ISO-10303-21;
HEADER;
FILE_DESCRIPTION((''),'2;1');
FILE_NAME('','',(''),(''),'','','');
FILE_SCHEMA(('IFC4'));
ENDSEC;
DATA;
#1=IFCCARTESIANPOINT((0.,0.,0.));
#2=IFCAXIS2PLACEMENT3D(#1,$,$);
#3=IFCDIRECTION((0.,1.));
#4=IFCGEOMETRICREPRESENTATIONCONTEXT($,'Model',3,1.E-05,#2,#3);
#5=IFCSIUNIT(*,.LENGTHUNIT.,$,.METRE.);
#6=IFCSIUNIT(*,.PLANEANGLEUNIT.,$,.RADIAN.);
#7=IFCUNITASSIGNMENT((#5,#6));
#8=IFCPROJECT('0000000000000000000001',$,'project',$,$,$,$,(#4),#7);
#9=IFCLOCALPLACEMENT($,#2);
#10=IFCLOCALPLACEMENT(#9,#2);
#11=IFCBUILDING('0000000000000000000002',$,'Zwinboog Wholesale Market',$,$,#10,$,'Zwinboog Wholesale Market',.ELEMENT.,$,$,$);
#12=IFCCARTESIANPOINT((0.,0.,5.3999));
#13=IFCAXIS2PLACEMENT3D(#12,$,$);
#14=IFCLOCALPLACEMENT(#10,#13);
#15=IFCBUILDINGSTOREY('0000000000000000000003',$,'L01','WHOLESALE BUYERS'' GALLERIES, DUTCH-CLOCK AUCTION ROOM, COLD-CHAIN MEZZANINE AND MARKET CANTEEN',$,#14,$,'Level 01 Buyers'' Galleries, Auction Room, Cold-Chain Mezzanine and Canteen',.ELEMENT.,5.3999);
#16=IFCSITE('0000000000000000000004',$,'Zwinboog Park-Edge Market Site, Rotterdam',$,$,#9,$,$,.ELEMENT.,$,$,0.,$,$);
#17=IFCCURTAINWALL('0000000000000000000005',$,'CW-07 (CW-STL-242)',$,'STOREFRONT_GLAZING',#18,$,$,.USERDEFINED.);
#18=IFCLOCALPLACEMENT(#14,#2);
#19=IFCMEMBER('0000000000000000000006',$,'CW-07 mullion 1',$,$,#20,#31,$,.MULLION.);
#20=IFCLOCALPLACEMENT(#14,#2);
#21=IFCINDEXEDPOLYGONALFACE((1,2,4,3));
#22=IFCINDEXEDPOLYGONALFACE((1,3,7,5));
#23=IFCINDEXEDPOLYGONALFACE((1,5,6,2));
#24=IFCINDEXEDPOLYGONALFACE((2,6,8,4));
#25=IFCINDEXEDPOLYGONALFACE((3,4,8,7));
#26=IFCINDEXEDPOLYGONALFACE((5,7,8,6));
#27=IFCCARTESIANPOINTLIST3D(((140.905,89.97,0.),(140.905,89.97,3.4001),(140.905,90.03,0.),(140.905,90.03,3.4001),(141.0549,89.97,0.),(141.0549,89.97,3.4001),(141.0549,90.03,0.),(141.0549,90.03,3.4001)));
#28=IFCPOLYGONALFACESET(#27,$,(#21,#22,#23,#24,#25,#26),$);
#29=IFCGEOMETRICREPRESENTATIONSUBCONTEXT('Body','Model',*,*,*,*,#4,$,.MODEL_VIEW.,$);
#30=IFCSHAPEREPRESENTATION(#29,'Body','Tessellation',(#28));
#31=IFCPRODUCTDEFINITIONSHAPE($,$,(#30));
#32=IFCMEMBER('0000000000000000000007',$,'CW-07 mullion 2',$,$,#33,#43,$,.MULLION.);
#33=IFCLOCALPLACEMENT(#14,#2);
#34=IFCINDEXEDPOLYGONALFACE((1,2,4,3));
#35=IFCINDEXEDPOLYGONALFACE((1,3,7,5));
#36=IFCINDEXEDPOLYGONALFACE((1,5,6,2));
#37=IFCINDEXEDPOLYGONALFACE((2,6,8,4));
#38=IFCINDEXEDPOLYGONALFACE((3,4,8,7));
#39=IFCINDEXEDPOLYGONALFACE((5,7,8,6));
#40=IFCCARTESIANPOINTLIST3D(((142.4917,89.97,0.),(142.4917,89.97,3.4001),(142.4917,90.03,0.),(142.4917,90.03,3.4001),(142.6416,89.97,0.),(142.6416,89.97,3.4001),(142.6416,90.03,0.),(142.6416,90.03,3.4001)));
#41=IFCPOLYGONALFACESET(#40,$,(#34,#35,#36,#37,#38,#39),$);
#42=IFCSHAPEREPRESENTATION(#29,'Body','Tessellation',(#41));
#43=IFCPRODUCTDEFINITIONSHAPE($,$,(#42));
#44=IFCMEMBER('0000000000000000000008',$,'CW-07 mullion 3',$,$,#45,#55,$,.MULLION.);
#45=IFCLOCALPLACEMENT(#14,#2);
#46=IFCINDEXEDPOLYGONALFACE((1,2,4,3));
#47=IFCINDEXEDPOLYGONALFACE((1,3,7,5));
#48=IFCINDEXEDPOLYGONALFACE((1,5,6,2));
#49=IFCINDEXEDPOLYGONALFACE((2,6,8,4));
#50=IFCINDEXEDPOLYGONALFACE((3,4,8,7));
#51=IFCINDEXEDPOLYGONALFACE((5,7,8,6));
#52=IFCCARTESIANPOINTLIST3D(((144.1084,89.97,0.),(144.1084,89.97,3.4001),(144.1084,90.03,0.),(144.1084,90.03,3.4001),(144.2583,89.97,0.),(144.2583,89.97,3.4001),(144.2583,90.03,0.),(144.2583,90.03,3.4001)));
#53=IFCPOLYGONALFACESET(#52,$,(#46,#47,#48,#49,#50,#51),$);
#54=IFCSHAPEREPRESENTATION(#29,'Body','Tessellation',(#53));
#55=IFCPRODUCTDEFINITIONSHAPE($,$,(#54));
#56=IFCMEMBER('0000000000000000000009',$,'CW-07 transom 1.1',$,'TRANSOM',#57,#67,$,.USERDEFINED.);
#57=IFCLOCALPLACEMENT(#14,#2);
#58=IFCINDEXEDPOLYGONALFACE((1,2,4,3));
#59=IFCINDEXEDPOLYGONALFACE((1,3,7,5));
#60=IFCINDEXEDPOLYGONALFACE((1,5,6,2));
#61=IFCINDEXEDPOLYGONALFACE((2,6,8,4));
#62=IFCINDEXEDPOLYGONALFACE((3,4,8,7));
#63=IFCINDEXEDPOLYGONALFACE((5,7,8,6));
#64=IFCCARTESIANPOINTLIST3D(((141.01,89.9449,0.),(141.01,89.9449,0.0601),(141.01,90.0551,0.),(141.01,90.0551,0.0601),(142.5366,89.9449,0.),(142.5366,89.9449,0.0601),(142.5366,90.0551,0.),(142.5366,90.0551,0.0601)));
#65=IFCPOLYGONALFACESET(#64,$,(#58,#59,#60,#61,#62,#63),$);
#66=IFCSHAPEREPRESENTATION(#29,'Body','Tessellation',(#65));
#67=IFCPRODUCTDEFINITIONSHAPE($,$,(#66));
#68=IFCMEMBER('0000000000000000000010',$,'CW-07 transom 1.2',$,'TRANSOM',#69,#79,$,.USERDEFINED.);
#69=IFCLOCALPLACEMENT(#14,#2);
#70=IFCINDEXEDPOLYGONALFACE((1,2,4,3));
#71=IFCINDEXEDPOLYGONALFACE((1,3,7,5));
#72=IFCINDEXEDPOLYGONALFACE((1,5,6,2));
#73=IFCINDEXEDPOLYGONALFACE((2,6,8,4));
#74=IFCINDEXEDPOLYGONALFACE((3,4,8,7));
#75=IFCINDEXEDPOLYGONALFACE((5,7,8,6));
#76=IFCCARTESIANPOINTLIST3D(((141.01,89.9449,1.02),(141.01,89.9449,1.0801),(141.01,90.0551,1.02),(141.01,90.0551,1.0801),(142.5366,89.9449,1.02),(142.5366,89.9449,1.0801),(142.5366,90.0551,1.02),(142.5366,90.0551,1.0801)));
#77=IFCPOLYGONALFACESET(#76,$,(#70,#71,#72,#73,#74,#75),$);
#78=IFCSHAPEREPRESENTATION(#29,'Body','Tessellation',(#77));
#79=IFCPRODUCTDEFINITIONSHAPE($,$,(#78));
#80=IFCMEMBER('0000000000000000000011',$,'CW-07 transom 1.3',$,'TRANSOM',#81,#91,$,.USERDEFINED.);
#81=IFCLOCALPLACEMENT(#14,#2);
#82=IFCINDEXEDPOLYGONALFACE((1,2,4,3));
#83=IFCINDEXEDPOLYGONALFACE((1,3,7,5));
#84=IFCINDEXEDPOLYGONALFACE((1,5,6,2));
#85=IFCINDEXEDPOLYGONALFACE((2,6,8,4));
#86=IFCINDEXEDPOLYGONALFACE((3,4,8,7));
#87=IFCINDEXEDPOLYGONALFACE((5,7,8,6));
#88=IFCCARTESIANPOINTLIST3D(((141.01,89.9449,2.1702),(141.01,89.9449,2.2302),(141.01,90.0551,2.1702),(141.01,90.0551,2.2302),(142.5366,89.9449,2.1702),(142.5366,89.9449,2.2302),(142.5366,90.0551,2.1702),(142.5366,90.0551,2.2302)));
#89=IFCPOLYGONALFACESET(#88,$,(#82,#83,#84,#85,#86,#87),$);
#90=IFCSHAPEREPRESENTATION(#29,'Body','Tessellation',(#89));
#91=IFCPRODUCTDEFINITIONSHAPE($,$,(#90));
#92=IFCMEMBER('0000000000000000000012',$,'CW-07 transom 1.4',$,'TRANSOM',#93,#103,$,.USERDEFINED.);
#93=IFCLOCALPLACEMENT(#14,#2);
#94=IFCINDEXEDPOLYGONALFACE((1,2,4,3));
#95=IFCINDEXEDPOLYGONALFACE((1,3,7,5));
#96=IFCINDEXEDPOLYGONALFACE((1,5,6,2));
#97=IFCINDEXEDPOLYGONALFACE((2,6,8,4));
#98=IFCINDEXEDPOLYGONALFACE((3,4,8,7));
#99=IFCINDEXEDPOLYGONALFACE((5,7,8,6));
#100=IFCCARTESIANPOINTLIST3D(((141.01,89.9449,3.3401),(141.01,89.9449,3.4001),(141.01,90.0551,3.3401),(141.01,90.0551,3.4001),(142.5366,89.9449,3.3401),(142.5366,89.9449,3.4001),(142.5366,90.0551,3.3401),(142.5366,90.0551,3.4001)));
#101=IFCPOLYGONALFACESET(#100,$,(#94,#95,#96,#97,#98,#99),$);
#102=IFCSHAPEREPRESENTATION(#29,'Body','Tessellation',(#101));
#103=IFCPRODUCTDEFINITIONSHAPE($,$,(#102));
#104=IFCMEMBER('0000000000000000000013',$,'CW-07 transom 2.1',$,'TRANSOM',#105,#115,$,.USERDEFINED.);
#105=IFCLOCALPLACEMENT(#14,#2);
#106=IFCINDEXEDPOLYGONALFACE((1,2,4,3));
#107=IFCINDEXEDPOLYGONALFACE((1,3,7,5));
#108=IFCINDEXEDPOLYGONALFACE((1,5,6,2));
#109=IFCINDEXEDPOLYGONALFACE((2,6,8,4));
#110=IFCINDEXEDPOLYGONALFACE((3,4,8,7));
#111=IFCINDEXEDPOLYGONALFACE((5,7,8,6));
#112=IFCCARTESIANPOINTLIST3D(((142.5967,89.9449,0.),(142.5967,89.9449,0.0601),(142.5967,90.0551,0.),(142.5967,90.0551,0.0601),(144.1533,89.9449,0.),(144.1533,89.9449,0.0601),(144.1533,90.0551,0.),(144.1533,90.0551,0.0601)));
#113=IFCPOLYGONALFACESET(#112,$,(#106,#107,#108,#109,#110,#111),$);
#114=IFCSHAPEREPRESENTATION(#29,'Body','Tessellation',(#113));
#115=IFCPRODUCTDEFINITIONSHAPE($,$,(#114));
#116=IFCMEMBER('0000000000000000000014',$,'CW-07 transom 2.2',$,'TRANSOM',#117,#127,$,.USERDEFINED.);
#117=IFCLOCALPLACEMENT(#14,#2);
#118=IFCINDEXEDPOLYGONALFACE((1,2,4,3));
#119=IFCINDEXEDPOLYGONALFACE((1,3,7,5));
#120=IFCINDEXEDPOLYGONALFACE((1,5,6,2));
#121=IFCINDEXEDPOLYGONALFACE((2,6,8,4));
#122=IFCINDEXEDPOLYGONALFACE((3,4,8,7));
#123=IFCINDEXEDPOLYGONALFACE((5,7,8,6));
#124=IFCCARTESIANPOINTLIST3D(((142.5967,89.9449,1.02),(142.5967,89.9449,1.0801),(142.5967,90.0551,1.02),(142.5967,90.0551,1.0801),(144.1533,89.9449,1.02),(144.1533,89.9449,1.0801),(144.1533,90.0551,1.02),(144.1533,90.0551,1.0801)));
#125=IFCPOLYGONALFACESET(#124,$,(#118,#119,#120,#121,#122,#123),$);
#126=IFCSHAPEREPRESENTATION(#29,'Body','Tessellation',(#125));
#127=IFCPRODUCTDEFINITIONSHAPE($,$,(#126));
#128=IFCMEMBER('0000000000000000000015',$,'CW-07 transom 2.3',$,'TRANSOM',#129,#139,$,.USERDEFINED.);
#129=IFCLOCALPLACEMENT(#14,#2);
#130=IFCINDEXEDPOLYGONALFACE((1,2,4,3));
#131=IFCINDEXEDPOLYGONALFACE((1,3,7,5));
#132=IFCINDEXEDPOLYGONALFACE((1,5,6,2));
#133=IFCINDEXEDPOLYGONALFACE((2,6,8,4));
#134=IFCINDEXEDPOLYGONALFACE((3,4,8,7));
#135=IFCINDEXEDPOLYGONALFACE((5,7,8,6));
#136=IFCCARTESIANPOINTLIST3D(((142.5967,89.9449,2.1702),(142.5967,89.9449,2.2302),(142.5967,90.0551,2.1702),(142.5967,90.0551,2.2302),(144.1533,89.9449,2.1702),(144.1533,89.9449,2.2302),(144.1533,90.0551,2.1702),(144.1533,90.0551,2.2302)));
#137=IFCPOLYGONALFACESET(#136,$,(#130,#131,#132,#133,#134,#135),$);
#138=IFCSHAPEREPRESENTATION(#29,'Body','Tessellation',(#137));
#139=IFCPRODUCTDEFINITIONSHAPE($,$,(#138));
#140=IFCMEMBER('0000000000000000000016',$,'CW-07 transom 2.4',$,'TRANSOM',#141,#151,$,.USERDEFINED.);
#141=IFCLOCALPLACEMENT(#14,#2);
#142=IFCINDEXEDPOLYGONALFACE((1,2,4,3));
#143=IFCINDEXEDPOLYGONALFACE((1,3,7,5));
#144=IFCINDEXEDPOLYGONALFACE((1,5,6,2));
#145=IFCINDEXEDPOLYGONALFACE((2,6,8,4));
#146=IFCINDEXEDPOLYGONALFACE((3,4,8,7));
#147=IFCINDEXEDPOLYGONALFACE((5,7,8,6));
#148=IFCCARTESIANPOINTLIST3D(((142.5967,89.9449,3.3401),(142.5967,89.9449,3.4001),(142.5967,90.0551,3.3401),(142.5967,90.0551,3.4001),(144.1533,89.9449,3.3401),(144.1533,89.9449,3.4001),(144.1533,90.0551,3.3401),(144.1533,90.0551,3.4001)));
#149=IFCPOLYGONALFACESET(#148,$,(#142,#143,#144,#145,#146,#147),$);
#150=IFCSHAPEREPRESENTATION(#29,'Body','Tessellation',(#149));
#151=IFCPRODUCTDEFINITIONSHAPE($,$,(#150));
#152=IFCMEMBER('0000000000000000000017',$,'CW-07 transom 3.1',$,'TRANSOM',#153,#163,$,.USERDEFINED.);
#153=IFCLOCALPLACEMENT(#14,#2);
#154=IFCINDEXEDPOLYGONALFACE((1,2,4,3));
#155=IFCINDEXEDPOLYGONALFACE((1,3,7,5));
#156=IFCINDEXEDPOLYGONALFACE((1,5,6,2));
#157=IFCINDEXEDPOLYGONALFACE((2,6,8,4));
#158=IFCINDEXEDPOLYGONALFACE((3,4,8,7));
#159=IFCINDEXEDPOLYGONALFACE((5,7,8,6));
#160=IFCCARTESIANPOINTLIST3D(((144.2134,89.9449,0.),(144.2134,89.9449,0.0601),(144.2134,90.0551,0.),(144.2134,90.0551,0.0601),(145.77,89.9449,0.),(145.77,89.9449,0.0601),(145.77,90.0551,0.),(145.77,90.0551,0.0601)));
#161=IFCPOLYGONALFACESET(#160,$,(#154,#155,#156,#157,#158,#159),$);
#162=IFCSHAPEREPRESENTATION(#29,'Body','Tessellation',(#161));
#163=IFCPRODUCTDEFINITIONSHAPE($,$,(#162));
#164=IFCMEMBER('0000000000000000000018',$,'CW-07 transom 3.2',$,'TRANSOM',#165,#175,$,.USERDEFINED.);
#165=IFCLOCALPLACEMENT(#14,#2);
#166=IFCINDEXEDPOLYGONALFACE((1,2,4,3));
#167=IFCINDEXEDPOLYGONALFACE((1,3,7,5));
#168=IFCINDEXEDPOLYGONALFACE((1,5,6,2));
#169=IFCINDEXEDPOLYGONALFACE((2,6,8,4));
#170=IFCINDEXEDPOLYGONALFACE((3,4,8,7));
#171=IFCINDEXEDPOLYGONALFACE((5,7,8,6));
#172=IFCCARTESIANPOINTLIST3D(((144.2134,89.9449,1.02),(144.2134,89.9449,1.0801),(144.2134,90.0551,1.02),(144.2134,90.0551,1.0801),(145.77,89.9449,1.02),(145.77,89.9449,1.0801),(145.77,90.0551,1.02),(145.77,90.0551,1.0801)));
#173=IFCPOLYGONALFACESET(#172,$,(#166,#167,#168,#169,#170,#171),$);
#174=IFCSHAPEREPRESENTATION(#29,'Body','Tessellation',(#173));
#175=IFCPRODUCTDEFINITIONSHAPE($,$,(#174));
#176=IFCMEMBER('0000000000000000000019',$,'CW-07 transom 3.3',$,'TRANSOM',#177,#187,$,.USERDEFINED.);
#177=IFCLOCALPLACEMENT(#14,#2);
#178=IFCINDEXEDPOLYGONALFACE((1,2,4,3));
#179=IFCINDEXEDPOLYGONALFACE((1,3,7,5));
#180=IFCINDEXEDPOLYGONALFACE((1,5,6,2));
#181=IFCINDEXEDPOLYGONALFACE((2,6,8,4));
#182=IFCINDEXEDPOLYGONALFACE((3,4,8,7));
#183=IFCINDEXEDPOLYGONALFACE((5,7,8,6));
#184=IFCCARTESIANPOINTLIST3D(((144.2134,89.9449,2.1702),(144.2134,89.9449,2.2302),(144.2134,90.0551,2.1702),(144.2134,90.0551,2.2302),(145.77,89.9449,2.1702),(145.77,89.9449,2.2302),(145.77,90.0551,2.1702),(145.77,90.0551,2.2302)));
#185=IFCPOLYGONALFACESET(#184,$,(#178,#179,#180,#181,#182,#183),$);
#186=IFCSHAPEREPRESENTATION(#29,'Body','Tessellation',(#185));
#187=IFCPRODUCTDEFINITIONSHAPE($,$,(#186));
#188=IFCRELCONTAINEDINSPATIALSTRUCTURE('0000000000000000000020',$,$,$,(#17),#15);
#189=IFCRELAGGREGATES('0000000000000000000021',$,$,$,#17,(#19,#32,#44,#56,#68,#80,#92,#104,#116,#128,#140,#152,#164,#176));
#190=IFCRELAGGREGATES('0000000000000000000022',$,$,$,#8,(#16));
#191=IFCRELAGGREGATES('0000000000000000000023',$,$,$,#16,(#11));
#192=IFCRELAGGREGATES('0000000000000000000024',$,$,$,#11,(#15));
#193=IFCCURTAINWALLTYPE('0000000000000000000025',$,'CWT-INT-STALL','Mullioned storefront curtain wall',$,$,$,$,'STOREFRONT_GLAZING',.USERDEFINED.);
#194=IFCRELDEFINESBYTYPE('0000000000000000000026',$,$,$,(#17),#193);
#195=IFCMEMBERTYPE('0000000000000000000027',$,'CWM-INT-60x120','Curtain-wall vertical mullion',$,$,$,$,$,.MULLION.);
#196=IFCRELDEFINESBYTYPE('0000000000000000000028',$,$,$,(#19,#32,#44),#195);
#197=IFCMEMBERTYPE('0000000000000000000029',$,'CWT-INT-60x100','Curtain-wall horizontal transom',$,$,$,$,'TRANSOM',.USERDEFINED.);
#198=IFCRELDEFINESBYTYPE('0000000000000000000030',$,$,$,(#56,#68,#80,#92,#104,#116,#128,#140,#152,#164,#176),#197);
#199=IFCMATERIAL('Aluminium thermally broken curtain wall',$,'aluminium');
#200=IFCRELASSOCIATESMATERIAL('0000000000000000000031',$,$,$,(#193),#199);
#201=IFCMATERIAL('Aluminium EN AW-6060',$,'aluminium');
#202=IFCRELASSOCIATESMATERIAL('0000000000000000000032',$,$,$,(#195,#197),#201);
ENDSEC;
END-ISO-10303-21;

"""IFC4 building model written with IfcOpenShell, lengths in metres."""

from ifc_helpers import new_model, si_unit, direction, frame, origin, origin_2d, place, context, subcontext, project, spatial, rectangle, extrude, material, material_profile, profile_set, type_object, element, aggregate, save


model = new_model("IFC4")

# Units and contexts
model_context = context("Model", 3, precision=1e-05, world=origin(), true_north=direction((0.0, 1.0)))
body_context = subcontext(model_context, "Body", "Model", "MODEL_VIEW")
ifc_project = project(units=[si_unit("LENGTHUNIT", "METRE"), si_unit("PLANEANGLEUNIT", "RADIAN")], contexts=[model_context])

# Site, building, storey
site_placement = place(None, origin())
site = spatial("IfcSite", under=ifc_project, at=site_placement, Name="Zwinboog Park-Edge Market Site, Rotterdam", CompositionType="ELEMENT", RefElevation=0.0)
building_placement = place(site_placement, origin())
building = spatial("IfcBuilding", under=site, at=building_placement, Name="Zwinboog Wholesale Market", LongName="Zwinboog Wholesale Market", CompositionType="ELEMENT")
storey_placement = place(building_placement, frame((0.0, 0.0, 5.3999)))
storey = spatial("IfcBuildingStorey", under=building, at=storey_placement, Name="L01", Description="WHOLESALE BUYERS' GALLERIES, DUTCH-CLOCK AUCTION ROOM, COLD-CHAIN MEZZANINE AND MARKET CANTEEN", LongName="Level 01 Buyers' Galleries, Auction Room, Cold-Chain Mezzanine and Canteen", CompositionType="ELEMENT", Elevation=5.3999)

# Curtain wall, members
ifc_material_1 = material(Name="Aluminium thermally broken curtain wall", Category="aluminium")
curtain_wall_type = type_object("IfcCurtainWallType", Name="CWT-INT-STALL", Description="Mullioned storefront curtain wall", ElementType="STOREFRONT_GLAZING", PredefinedType="USERDEFINED", material=ifc_material_1)
curtain_wall_placement = place(storey_placement, origin())
curtain_wall = element("IfcCurtainWall", 1, at=curtain_wall_placement, inside=storey, type_object=curtain_wall_type, Name="CW-07 (CW-STL-242)", ObjectType="STOREFRONT_GLAZING", PredefinedType="USERDEFINED")
ifc_material_2 = material(Name="Aluminium EN AW-6060", Category="aluminium")
ifc_material_profile_1 = material_profile(ifc_material_2, rectangle(XDim=0.0601, YDim=0.1499, at=origin_2d()), Name="AL 60x150")
ifc_profile_set_1 = profile_set([ifc_material_profile_1], Name="Aluminium EN AW-6060")
member_type_1 = type_object("IfcMemberType", Name="CWM-INT-60x120", Description="Curtain-wall vertical mullion", PredefinedType="MULLION", material=ifc_profile_set_1)
member_1_placement = place(storey_placement, frame((140.98, 90.0, 0.0), z_axis=(0.0, 0.0, 1.0), x_axis=(0.0, 1.0, 0.0)))
member_1 = element("IfcMember", 2, at=member_1_placement, type_object=member_type_1, Name="CW-07 mullion 1", PredefinedType="MULLION", context=body_context, shape_type="SweptSolid", body=[
    extrude(rectangle(XDim=0.0601, YDim=0.1499, at=origin_2d()), origin(), (0.0, 0.0, 1.0), 3.4001),
])
member_2_placement = place(storey_placement, frame((142.5667, 90.0, 0.0), z_axis=(0.0, 0.0, 1.0), x_axis=(0.0, 1.0, 0.0)))
member_2 = element("IfcMember", 3, at=member_2_placement, type_object=member_type_1, Name="CW-07 mullion 2", PredefinedType="MULLION", context=body_context, shape_type="SweptSolid", body=[
    extrude(rectangle(XDim=0.0601, YDim=0.1499, at=origin_2d()), origin(), (0.0, 0.0, 1.0), 3.4001),
])
member_3_placement = place(storey_placement, frame((144.1833, 90.0, 0.0), z_axis=(0.0, 0.0, 1.0), x_axis=(0.0, 1.0, 0.0)))
member_3 = element("IfcMember", 4, at=member_3_placement, type_object=member_type_1, Name="CW-07 mullion 3", PredefinedType="MULLION", context=body_context, shape_type="SweptSolid", body=[
    extrude(rectangle(XDim=0.0601, YDim=0.1499, at=origin_2d()), origin(), (0.0, 0.0, 1.0), 3.4001),
])
ifc_material_profile_2 = material_profile(ifc_material_2, rectangle(XDim=0.1101, YDim=0.0601, at=origin_2d()), Name="AL 60x110")
ifc_profile_set_2 = profile_set([ifc_material_profile_2], Name="Aluminium EN AW-6060")
member_type_2 = type_object("IfcMemberType", Name="CWT-INT-60x100", Description="Curtain-wall horizontal transom", ElementType="TRANSOM", PredefinedType="USERDEFINED", material=ifc_profile_set_2)
member_4_placement = place(storey_placement, frame((141.01, 90.0, 0.03), z_axis=(1.0, 0.0, 0.0), x_axis=(0.0, 1.0, 0.0)))
member_4 = element("IfcMember", 5, at=member_4_placement, type_object=member_type_2, Name="CW-07 transom 1.1", ObjectType="TRANSOM", PredefinedType="USERDEFINED", context=body_context, shape_type="SweptSolid", body=[
    extrude(rectangle(XDim=0.1101, YDim=0.0601, at=origin_2d()), origin(), (0.0, 0.0, 1.0), 1.5266),
])
member_5_placement = place(storey_placement, frame((141.01, 90.0, 1.05), z_axis=(1.0, 0.0, 0.0), x_axis=(0.0, 1.0, 0.0)))
member_5 = element("IfcMember", 6, at=member_5_placement, type_object=member_type_2, Name="CW-07 transom 1.2", ObjectType="TRANSOM", PredefinedType="USERDEFINED", context=body_context, shape_type="SweptSolid", body=[
    extrude(rectangle(XDim=0.1101, YDim=0.0601, at=origin_2d()), origin(), (0.0, 0.0, 1.0), 1.5266),
])
member_6_placement = place(storey_placement, frame((141.01, 90.0, 2.2002), z_axis=(1.0, 0.0, 0.0), x_axis=(0.0, 1.0, 0.0)))
member_6 = element("IfcMember", 7, at=member_6_placement, type_object=member_type_2, Name="CW-07 transom 1.3", ObjectType="TRANSOM", PredefinedType="USERDEFINED", context=body_context, shape_type="SweptSolid", body=[
    extrude(rectangle(XDim=0.1101, YDim=0.0601, at=origin_2d()), origin(), (0.0, 0.0, 1.0), 1.5266),
])
member_7_placement = place(storey_placement, frame((141.01, 90.0, 3.3701), z_axis=(1.0, 0.0, 0.0), x_axis=(0.0, 1.0, 0.0)))
member_7 = element("IfcMember", 8, at=member_7_placement, type_object=member_type_2, Name="CW-07 transom 1.4", ObjectType="TRANSOM", PredefinedType="USERDEFINED", context=body_context, shape_type="SweptSolid", body=[
    extrude(rectangle(XDim=0.1101, YDim=0.0601, at=origin_2d()), origin(), (0.0, 0.0, 1.0), 1.5266),
])
member_8_placement = place(storey_placement, frame((142.5967, 90.0, 0.03), z_axis=(1.0, 0.0, 0.0), x_axis=(0.0, 1.0, 0.0)))
member_8 = element("IfcMember", 9, at=member_8_placement, type_object=member_type_2, Name="CW-07 transom 2.1", ObjectType="TRANSOM", PredefinedType="USERDEFINED", context=body_context, shape_type="SweptSolid", body=[
    extrude(rectangle(XDim=0.1101, YDim=0.0601, at=origin_2d()), origin(), (0.0, 0.0, 1.0), 1.5566),
])
member_9_placement = place(storey_placement, frame((142.5967, 90.0, 1.05), z_axis=(1.0, 0.0, 0.0), x_axis=(0.0, 1.0, 0.0)))
member_9 = element("IfcMember", 10, at=member_9_placement, type_object=member_type_2, Name="CW-07 transom 2.2", ObjectType="TRANSOM", PredefinedType="USERDEFINED", context=body_context, shape_type="SweptSolid", body=[
    extrude(rectangle(XDim=0.1101, YDim=0.0601, at=origin_2d()), origin(), (0.0, 0.0, 1.0), 1.5566),
])
member_10_placement = place(storey_placement, frame((142.5967, 90.0, 2.2002), z_axis=(1.0, 0.0, 0.0), x_axis=(0.0, 1.0, 0.0)))
member_10 = element("IfcMember", 11, at=member_10_placement, type_object=member_type_2, Name="CW-07 transom 2.3", ObjectType="TRANSOM", PredefinedType="USERDEFINED", context=body_context, shape_type="SweptSolid", body=[
    extrude(rectangle(XDim=0.1101, YDim=0.0601, at=origin_2d()), origin(), (0.0, 0.0, 1.0), 1.5566),
])
member_11_placement = place(storey_placement, frame((142.5967, 90.0, 3.3701), z_axis=(1.0, 0.0, 0.0), x_axis=(0.0, 1.0, 0.0)))
member_11 = element("IfcMember", 12, at=member_11_placement, type_object=member_type_2, Name="CW-07 transom 2.4", ObjectType="TRANSOM", PredefinedType="USERDEFINED", context=body_context, shape_type="SweptSolid", body=[
    extrude(rectangle(XDim=0.1101, YDim=0.0601, at=origin_2d()), origin(), (0.0, 0.0, 1.0), 1.5566),
])
member_12_placement = place(storey_placement, frame((144.2134, 90.0, 0.03), z_axis=(1.0, 0.0, 0.0), x_axis=(0.0, 1.0, 0.0)))
member_12 = element("IfcMember", 13, at=member_12_placement, type_object=member_type_2, Name="CW-07 transom 3.1", ObjectType="TRANSOM", PredefinedType="USERDEFINED", context=body_context, shape_type="SweptSolid", body=[
    extrude(rectangle(XDim=0.1101, YDim=0.0601, at=origin_2d()), origin(), (0.0, 0.0, 1.0), 1.5566),
])
member_13_placement = place(storey_placement, frame((144.2134, 90.0, 1.05), z_axis=(1.0, 0.0, 0.0), x_axis=(0.0, 1.0, 0.0)))
member_13 = element("IfcMember", 14, at=member_13_placement, type_object=member_type_2, Name="CW-07 transom 3.2", ObjectType="TRANSOM", PredefinedType="USERDEFINED", context=body_context, shape_type="SweptSolid", body=[
    extrude(rectangle(XDim=0.1101, YDim=0.0601, at=origin_2d()), origin(), (0.0, 0.0, 1.0), 1.5566),
])
member_14_placement = place(storey_placement, frame((144.2134, 90.0, 2.2002), z_axis=(1.0, 0.0, 0.0), x_axis=(0.0, 1.0, 0.0)))
member_14 = element("IfcMember", 15, at=member_14_placement, type_object=member_type_2, Name="CW-07 transom 3.3", ObjectType="TRANSOM", PredefinedType="USERDEFINED", context=body_context, shape_type="SweptSolid", body=[
    extrude(rectangle(XDim=0.1101, YDim=0.0601, at=origin_2d()), origin(), (0.0, 0.0, 1.0), 1.5566),
])
aggregate(curtain_wall, [member_1, member_2, member_3, member_4, member_5, member_6, member_7, member_8, member_9, member_10, member_11, member_12, member_13, member_14])

save(model, "model.ifc")
